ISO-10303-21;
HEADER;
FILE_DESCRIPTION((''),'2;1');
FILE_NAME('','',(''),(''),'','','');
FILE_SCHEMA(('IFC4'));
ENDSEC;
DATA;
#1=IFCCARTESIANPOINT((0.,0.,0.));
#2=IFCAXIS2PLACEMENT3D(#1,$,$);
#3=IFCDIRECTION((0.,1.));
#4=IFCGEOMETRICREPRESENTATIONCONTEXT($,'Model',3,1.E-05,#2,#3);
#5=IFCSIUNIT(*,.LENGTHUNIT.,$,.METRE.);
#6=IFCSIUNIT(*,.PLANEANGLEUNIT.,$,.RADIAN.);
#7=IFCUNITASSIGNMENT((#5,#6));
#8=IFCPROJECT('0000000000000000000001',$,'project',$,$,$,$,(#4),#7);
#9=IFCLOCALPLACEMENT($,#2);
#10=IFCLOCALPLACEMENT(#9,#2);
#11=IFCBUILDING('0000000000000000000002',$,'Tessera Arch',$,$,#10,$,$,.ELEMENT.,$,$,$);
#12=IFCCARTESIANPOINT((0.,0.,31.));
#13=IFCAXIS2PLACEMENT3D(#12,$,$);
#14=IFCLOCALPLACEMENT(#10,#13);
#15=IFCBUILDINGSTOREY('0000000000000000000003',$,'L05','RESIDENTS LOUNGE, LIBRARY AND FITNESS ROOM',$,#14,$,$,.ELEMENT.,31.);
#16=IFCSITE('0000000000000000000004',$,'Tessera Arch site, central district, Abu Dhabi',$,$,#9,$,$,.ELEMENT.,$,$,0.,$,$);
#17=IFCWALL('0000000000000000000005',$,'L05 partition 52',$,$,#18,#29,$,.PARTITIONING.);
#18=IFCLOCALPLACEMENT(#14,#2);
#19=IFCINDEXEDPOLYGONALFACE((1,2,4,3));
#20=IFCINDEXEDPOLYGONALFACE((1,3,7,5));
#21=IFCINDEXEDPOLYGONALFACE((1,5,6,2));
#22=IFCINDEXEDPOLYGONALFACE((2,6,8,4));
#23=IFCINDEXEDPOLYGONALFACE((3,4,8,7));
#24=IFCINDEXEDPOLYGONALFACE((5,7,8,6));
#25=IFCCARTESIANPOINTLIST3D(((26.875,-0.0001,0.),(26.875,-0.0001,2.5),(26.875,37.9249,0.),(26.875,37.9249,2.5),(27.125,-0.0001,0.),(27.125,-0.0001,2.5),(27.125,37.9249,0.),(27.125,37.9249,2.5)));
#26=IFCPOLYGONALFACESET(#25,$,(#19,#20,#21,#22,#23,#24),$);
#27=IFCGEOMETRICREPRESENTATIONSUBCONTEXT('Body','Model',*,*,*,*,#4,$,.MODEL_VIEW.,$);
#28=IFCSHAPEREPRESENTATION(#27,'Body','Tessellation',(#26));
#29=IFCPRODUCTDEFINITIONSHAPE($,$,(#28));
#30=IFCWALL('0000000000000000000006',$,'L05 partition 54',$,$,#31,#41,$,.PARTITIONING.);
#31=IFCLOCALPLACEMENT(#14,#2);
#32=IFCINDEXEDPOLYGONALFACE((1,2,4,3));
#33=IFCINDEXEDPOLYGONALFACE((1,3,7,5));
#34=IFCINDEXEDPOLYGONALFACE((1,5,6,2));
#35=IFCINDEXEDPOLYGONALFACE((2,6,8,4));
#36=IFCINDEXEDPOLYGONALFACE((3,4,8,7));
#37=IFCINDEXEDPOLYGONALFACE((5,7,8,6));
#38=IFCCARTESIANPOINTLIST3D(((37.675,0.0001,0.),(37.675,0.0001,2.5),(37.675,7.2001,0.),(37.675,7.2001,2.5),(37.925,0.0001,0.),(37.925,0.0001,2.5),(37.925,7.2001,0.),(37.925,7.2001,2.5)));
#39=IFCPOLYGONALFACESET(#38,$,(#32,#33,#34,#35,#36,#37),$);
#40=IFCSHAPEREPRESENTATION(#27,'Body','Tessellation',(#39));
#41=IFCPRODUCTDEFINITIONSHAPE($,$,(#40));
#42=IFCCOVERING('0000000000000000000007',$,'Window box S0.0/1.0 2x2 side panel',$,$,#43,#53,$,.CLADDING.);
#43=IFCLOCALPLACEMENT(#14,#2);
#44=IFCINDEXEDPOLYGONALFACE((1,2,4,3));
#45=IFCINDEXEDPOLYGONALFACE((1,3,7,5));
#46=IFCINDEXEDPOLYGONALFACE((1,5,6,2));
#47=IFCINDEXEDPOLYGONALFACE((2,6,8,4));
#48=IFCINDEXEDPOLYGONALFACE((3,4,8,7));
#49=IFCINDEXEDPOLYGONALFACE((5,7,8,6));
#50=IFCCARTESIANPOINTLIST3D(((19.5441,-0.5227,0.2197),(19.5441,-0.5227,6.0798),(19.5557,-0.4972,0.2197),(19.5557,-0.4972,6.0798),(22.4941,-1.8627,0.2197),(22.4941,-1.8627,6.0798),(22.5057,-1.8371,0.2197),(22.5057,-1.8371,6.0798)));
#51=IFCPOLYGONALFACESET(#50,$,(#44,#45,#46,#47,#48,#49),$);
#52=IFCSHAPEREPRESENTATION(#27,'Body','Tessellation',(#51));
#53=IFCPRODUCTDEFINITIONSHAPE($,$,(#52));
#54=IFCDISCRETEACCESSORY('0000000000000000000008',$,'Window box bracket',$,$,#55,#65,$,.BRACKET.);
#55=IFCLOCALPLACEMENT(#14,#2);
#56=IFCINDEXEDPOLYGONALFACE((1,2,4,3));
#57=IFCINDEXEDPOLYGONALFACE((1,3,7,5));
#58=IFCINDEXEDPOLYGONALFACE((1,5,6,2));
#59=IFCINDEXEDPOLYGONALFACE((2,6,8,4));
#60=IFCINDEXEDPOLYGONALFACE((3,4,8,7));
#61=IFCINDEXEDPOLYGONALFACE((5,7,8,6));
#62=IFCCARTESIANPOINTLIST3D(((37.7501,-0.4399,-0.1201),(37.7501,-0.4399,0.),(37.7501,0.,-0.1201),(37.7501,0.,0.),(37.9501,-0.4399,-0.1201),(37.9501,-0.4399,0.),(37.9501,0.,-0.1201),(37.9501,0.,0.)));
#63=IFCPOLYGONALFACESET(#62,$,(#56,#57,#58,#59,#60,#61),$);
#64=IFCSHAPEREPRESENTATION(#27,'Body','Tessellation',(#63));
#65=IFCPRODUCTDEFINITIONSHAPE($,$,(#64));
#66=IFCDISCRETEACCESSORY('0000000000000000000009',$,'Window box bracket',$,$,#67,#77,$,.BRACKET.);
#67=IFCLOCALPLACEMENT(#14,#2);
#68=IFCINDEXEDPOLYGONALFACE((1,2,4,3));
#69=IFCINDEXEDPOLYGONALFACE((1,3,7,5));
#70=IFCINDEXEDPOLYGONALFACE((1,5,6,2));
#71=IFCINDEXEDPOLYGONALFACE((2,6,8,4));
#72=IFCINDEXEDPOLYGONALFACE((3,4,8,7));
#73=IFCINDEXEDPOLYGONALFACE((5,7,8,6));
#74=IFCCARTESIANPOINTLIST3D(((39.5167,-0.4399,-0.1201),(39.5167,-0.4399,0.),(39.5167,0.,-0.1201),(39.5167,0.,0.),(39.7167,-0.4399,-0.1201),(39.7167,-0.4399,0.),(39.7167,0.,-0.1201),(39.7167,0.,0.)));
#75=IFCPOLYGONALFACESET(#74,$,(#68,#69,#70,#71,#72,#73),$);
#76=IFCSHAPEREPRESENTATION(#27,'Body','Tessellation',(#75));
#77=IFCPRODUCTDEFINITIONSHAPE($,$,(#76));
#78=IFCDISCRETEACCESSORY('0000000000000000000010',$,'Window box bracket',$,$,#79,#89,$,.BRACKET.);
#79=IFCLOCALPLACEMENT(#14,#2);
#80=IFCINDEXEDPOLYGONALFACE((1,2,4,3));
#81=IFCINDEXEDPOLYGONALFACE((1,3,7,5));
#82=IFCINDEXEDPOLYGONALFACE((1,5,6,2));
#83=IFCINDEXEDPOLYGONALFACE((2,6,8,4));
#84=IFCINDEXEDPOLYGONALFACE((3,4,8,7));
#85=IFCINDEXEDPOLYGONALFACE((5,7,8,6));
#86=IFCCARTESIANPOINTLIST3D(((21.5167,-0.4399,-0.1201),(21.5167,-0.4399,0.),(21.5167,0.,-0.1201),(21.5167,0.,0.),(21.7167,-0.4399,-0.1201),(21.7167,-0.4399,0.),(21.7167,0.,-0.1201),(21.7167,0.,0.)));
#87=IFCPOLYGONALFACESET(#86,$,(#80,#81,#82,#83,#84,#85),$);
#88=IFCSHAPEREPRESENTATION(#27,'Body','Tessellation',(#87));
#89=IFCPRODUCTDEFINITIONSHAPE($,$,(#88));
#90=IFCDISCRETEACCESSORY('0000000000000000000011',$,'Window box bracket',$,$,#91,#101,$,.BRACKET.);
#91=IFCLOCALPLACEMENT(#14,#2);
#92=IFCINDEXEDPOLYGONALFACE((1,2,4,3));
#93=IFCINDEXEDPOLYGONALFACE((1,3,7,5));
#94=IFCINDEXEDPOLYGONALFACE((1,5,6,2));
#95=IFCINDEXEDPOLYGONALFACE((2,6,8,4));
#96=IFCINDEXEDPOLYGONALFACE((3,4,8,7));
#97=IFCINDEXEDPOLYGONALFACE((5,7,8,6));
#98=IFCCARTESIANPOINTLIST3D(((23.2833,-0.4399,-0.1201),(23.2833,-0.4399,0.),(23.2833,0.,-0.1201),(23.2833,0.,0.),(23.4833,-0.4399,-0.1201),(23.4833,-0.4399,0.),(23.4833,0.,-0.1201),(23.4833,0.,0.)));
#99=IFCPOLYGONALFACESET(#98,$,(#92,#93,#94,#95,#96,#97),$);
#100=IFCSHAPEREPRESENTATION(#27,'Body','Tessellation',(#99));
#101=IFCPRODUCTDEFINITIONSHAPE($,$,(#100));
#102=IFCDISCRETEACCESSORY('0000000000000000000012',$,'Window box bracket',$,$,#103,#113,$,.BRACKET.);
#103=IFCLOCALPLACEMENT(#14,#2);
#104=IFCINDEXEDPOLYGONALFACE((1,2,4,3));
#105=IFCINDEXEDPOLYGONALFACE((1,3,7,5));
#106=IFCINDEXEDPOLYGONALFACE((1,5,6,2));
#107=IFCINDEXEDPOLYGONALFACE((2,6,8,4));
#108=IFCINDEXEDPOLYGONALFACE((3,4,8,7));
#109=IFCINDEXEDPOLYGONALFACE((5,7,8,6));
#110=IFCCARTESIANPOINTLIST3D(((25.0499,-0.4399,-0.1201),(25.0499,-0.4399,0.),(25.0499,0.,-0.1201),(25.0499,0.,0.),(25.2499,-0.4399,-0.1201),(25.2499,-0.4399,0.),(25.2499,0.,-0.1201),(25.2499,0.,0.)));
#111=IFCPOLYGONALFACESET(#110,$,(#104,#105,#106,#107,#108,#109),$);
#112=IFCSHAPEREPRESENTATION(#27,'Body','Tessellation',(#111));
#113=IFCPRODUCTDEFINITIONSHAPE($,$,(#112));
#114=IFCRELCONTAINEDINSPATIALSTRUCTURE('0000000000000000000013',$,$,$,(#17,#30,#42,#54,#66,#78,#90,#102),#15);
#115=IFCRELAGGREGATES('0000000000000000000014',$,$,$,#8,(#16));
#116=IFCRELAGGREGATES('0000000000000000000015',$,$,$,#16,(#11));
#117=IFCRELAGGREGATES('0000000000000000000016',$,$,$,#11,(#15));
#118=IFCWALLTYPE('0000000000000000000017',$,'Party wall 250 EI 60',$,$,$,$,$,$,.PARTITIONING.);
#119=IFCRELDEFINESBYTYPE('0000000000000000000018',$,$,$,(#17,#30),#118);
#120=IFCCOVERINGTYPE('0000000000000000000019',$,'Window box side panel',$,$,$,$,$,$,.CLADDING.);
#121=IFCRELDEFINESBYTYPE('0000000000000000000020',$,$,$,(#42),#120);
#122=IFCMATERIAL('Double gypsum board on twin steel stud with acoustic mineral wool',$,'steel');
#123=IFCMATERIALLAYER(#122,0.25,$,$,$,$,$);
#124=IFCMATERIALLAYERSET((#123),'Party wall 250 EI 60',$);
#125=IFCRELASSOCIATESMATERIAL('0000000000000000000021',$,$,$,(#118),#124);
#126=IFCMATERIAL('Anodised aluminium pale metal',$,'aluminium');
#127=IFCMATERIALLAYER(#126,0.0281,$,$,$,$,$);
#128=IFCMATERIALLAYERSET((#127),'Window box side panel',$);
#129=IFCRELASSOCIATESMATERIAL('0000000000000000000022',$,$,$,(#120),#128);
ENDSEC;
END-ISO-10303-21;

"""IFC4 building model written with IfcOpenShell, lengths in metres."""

from ifc_helpers import new_model, si_unit, direction, frame, frame_2d, origin, origin_2d, place, context, subcontext, project, spatial, rectangle, extrude, material, layer, layer_set, type_object, element, save


model = new_model("IFC4")

# Units and contexts
model_context = context("Model", 3, precision=1e-05, world=origin(), true_north=direction((0.0, 1.0)))
body_context = subcontext(model_context, "Body", "Model", "MODEL_VIEW")
ifc_project = project(units=[si_unit("LENGTHUNIT", "METRE"), si_unit("PLANEANGLEUNIT", "RADIAN")], contexts=[model_context])

# Site, building, storey
site_placement = place(None, origin())
site = spatial("IfcSite", under=ifc_project, at=site_placement, Name="Tessera Arch site, central district, Abu Dhabi", CompositionType="ELEMENT", RefElevation=0.0)
building_placement = place(site_placement, origin())
building = spatial("IfcBuilding", under=site, at=building_placement, Name="Tessera Arch", CompositionType="ELEMENT")
storey_placement = place(building_placement, frame((0.0, 0.0, 31.0)))
storey = spatial("IfcBuildingStorey", under=building, at=storey_placement, Name="L05", Description="RESIDENTS LOUNGE, LIBRARY AND FITNESS ROOM", CompositionType="ELEMENT", Elevation=31.0)

# Walls
ifc_material_1 = material(Name="Double gypsum board on twin steel stud with acoustic mineral wool", Category="steel")
ifc_layer_1 = layer(ifc_material_1, 0.25)
ifc_layer_set_1 = layer_set([ifc_layer_1], Name="Party wall 250 EI 60")
wall_type = type_object("IfcWallType", Name="Party wall 250 EI 60", PredefinedType="PARTITIONING", material=ifc_layer_set_1)
wall_1_placement = place(storey_placement, frame((27.0, 0.0, 0.0), z_axis=(0.0, 0.0, 1.0), x_axis=(0.0, 1.0, 0.0)))
element("IfcWall", 1, at=wall_1_placement, inside=storey, type_object=wall_type, Name="L05 partition 52", PredefinedType="PARTITIONING", context=body_context, shape_type="SweptSolid", body=[
    extrude(rectangle(XDim=37.925, YDim=0.25, at=frame_2d((18.9624, 0.0))), origin(), (0.0, 0.0, 1.0), 2.5),
])
wall_2_placement = place(storey_placement, frame((37.8, 0.0, 0.0), z_axis=(0.0, 0.0, 1.0), x_axis=(0.0, 1.0, 0.0)))
element("IfcWall", 2, at=wall_2_placement, inside=storey, type_object=wall_type, Name="L05 partition 54", PredefinedType="PARTITIONING", context=body_context, shape_type="SweptSolid", body=[
    extrude(rectangle(XDim=7.2, YDim=0.25, at=frame_2d((3.6001, 0.0))), origin(), (0.0, 0.0, 1.0), 2.5),
])

# Covering
ifc_material_2 = material(Name="Anodised aluminium pale metal", Category="aluminium")
ifc_layer_2 = layer(ifc_material_2, 0.0281)
ifc_layer_set_2 = layer_set([ifc_layer_2], Name="Window box side panel")
covering_type = type_object("IfcCoveringType", Name="Window box side panel", PredefinedType="CLADDING", material=ifc_layer_set_2)
covering_placement = place(storey_placement, frame((21.0249, -1.1799, 0.2197), z_axis=(0.0, 0.0, 1.0), x_axis=(0.910472, -0.41357, 0.0)))
element("IfcCovering", 3, at=covering_placement, inside=storey, type_object=covering_type, Name="Window box S0.0/1.0 2x2 side panel", PredefinedType="CLADDING", context=body_context, shape_type="SweptSolid", body=[
    extrude(rectangle(XDim=3.24, YDim=0.0281, at=origin_2d()), origin(), (0.0, 0.0, 1.0), 5.8601),
])

# Discrete accessories
for number, where, z_axis, x_axis, name in (
    (4, (37.8501, -0.22, -0.1201), (0.0, 0.0, 1.0), (0.0, -1.0, 0.0), "Window box bracket"),
    (5, (39.6167, -0.22, -0.1201), (0.0, 0.0, 1.0), (0.0, -1.0, 0.0), "Window box bracket"),
    (6, (21.6167, -0.22, -0.1201), (0.0, 0.0, 1.0), (0.0, -1.0, 0.0), "Window box bracket"),
    (7, (23.3833, -0.22, -0.1201), (0.0, 0.0, 1.0), (0.0, -1.0, 0.0), "Window box bracket"),
    (8, (25.1499, -0.22, -0.1201), (0.0, 0.0, 1.0), (0.0, -1.0, 0.0), "Window box bracket"),
):
    element("IfcDiscreteAccessory", number, at=place(storey_placement, frame(where, z_axis=z_axis, x_axis=x_axis)), inside=storey, Name=name, PredefinedType="BRACKET", context=body_context, shape_type="SweptSolid", body=[
        extrude(rectangle(XDim=0.4399, YDim=0.2, at=origin_2d()), origin(), (0.0, 0.0, 1.0), 0.1201),
    ])

save(model, "model.ifc")
